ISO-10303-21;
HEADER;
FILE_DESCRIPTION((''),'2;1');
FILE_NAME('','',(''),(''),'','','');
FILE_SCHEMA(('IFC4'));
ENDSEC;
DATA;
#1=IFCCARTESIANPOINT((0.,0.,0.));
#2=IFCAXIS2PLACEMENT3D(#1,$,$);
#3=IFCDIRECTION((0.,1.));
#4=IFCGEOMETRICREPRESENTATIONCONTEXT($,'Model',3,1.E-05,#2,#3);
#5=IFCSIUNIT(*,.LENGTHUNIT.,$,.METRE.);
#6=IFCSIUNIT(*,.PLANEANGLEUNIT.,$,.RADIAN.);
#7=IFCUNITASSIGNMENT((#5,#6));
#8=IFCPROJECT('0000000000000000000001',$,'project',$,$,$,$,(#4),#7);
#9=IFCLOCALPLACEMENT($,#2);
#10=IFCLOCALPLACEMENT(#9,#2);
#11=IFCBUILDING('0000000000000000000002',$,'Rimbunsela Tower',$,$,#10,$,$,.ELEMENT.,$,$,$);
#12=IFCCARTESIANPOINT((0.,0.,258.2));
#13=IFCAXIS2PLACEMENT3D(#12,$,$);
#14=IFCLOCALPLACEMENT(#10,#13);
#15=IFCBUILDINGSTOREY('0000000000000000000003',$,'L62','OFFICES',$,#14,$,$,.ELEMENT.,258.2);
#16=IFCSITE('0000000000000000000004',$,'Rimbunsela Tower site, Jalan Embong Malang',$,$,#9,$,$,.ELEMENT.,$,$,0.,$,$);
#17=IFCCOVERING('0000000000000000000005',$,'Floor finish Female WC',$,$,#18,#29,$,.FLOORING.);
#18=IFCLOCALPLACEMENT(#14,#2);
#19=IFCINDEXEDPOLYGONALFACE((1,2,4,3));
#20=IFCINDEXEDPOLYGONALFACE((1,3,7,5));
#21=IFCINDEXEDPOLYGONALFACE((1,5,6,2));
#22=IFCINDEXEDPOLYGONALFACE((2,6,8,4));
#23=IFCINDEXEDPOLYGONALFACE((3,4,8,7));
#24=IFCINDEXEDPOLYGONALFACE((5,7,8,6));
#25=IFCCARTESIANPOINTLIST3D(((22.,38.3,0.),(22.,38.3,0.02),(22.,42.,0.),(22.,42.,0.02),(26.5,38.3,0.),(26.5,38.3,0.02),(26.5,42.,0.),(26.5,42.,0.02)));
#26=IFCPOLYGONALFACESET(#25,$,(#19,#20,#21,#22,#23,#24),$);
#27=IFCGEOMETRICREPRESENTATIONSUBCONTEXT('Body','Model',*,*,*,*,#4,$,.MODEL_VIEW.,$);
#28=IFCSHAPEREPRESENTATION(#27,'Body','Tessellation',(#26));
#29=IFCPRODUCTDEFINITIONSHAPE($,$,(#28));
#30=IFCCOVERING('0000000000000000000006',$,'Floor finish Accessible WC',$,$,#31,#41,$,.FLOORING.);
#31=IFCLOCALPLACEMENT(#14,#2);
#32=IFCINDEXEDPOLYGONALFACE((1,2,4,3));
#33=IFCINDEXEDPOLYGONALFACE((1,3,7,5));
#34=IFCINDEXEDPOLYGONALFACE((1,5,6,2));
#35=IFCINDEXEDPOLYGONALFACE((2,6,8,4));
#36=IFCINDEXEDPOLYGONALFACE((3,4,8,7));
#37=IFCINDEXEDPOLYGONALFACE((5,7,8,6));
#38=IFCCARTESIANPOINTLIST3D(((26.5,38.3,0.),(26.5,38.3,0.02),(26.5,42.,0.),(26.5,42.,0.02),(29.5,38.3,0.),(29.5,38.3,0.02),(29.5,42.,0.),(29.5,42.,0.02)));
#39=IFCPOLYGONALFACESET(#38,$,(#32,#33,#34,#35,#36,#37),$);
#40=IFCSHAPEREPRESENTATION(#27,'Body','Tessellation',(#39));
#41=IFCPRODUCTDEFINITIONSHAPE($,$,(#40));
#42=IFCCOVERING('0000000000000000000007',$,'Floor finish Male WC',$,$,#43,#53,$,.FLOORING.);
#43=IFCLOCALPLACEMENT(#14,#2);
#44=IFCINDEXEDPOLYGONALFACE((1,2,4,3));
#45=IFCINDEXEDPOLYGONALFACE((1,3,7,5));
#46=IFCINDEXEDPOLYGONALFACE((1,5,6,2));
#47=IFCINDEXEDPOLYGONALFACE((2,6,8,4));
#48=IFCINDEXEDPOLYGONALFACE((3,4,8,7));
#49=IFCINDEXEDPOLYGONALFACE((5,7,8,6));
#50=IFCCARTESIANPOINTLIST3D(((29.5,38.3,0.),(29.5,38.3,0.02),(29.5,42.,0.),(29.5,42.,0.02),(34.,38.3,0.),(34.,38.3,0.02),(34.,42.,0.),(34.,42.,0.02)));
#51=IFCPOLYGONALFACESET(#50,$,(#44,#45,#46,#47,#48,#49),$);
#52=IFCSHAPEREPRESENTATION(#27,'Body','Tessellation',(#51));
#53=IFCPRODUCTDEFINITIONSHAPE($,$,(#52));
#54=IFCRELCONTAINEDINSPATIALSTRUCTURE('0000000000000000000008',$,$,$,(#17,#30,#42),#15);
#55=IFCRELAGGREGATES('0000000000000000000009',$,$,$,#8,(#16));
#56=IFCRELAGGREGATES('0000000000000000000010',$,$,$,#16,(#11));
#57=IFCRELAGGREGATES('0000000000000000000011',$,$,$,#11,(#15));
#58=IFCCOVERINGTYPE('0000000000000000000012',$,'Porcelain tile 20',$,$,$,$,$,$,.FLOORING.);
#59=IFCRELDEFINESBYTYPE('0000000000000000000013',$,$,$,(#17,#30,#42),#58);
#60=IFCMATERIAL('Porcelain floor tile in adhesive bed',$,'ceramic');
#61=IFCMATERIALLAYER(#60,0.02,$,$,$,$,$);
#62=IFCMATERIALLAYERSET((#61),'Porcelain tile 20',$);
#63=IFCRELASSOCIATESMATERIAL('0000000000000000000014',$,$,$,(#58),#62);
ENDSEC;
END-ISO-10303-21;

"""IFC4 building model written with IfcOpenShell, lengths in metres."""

from ifc_helpers import new_model, si_unit, direction, frame, origin, place, context, subcontext, project, spatial, polyline, outline, extrude, material, layer, layer_set, type_object, element, save


model = new_model("IFC4")

# Units and contexts
model_context = context("Model", 3, precision=1e-05, world=origin(), true_north=direction((0.0, 1.0)))
body_context = subcontext(model_context, "Body", "Model", "MODEL_VIEW")
ifc_project = project(units=[si_unit("LENGTHUNIT", "METRE"), si_unit("PLANEANGLEUNIT", "RADIAN")], contexts=[model_context])

# Site, building, storey
site_placement = place(None, origin())
site = spatial("IfcSite", under=ifc_project, at=site_placement, Name="Rimbunsela Tower site, Jalan Embong Malang", CompositionType="ELEMENT", RefElevation=0.0)
building_placement = place(site_placement, origin())
building = spatial("IfcBuilding", under=site, at=building_placement, Name="Rimbunsela Tower", CompositionType="ELEMENT")
storey_placement = place(building_placement, frame((0.0, 0.0, 258.2)))
storey = spatial("IfcBuildingStorey", under=building, at=storey_placement, Name="L62", Description="OFFICES", CompositionType="ELEMENT", Elevation=258.2)

# Coverings
ifc_material_1 = material(Name="Porcelain floor tile in adhesive bed", Category="ceramic")
ifc_layer_1 = layer(ifc_material_1, 0.02)
ifc_layer_set_1 = layer_set([ifc_layer_1], Name="Porcelain tile 20")
covering_type_1 = type_object("IfcCoveringType", Name="Porcelain tile 20", PredefinedType="FLOORING", material=ifc_layer_set_1)
covering_1_placement = place(storey_placement, origin())
element("IfcCovering", 1, at=covering_1_placement, inside=storey, type_object=covering_type_1, Name="Floor finish Female WC", PredefinedType="FLOORING", context=body_context, shape_type="SweptSolid", body=[
    extrude(outline(polyline([(26.5, 38.3), (26.5, 42.0), (22.0, 42.0), (22.0, 38.3), (26.5, 38.3)])), origin(), (0.0, 0.0, 1.0), 0.02),
])
covering_2_placement = place(storey_placement, origin())
element("IfcCovering", 2, at=covering_2_placement, inside=storey, type_object=covering_type_1, Name="Floor finish Accessible WC", PredefinedType="FLOORING", context=body_context, shape_type="SweptSolid", body=[
    extrude(outline(polyline([(29.5, 38.3), (29.5, 42.0), (26.5, 42.0), (26.5, 38.3), (29.5, 38.3)])), origin(), (0.0, 0.0, 1.0), 0.02),
])
covering_3_placement = place(storey_placement, origin())
element("IfcCovering", 3, at=covering_3_placement, inside=storey, type_object=covering_type_1, Name="Floor finish Male WC", PredefinedType="FLOORING", context=body_context, shape_type="SweptSolid", body=[
    extrude(outline(polyline([(34.0, 38.3), (34.0, 42.0), (29.5, 42.0), (29.5, 38.3), (34.0, 38.3)])), origin(), (0.0, 0.0, 1.0), 0.02),
])

save(model, "model.ifc")
